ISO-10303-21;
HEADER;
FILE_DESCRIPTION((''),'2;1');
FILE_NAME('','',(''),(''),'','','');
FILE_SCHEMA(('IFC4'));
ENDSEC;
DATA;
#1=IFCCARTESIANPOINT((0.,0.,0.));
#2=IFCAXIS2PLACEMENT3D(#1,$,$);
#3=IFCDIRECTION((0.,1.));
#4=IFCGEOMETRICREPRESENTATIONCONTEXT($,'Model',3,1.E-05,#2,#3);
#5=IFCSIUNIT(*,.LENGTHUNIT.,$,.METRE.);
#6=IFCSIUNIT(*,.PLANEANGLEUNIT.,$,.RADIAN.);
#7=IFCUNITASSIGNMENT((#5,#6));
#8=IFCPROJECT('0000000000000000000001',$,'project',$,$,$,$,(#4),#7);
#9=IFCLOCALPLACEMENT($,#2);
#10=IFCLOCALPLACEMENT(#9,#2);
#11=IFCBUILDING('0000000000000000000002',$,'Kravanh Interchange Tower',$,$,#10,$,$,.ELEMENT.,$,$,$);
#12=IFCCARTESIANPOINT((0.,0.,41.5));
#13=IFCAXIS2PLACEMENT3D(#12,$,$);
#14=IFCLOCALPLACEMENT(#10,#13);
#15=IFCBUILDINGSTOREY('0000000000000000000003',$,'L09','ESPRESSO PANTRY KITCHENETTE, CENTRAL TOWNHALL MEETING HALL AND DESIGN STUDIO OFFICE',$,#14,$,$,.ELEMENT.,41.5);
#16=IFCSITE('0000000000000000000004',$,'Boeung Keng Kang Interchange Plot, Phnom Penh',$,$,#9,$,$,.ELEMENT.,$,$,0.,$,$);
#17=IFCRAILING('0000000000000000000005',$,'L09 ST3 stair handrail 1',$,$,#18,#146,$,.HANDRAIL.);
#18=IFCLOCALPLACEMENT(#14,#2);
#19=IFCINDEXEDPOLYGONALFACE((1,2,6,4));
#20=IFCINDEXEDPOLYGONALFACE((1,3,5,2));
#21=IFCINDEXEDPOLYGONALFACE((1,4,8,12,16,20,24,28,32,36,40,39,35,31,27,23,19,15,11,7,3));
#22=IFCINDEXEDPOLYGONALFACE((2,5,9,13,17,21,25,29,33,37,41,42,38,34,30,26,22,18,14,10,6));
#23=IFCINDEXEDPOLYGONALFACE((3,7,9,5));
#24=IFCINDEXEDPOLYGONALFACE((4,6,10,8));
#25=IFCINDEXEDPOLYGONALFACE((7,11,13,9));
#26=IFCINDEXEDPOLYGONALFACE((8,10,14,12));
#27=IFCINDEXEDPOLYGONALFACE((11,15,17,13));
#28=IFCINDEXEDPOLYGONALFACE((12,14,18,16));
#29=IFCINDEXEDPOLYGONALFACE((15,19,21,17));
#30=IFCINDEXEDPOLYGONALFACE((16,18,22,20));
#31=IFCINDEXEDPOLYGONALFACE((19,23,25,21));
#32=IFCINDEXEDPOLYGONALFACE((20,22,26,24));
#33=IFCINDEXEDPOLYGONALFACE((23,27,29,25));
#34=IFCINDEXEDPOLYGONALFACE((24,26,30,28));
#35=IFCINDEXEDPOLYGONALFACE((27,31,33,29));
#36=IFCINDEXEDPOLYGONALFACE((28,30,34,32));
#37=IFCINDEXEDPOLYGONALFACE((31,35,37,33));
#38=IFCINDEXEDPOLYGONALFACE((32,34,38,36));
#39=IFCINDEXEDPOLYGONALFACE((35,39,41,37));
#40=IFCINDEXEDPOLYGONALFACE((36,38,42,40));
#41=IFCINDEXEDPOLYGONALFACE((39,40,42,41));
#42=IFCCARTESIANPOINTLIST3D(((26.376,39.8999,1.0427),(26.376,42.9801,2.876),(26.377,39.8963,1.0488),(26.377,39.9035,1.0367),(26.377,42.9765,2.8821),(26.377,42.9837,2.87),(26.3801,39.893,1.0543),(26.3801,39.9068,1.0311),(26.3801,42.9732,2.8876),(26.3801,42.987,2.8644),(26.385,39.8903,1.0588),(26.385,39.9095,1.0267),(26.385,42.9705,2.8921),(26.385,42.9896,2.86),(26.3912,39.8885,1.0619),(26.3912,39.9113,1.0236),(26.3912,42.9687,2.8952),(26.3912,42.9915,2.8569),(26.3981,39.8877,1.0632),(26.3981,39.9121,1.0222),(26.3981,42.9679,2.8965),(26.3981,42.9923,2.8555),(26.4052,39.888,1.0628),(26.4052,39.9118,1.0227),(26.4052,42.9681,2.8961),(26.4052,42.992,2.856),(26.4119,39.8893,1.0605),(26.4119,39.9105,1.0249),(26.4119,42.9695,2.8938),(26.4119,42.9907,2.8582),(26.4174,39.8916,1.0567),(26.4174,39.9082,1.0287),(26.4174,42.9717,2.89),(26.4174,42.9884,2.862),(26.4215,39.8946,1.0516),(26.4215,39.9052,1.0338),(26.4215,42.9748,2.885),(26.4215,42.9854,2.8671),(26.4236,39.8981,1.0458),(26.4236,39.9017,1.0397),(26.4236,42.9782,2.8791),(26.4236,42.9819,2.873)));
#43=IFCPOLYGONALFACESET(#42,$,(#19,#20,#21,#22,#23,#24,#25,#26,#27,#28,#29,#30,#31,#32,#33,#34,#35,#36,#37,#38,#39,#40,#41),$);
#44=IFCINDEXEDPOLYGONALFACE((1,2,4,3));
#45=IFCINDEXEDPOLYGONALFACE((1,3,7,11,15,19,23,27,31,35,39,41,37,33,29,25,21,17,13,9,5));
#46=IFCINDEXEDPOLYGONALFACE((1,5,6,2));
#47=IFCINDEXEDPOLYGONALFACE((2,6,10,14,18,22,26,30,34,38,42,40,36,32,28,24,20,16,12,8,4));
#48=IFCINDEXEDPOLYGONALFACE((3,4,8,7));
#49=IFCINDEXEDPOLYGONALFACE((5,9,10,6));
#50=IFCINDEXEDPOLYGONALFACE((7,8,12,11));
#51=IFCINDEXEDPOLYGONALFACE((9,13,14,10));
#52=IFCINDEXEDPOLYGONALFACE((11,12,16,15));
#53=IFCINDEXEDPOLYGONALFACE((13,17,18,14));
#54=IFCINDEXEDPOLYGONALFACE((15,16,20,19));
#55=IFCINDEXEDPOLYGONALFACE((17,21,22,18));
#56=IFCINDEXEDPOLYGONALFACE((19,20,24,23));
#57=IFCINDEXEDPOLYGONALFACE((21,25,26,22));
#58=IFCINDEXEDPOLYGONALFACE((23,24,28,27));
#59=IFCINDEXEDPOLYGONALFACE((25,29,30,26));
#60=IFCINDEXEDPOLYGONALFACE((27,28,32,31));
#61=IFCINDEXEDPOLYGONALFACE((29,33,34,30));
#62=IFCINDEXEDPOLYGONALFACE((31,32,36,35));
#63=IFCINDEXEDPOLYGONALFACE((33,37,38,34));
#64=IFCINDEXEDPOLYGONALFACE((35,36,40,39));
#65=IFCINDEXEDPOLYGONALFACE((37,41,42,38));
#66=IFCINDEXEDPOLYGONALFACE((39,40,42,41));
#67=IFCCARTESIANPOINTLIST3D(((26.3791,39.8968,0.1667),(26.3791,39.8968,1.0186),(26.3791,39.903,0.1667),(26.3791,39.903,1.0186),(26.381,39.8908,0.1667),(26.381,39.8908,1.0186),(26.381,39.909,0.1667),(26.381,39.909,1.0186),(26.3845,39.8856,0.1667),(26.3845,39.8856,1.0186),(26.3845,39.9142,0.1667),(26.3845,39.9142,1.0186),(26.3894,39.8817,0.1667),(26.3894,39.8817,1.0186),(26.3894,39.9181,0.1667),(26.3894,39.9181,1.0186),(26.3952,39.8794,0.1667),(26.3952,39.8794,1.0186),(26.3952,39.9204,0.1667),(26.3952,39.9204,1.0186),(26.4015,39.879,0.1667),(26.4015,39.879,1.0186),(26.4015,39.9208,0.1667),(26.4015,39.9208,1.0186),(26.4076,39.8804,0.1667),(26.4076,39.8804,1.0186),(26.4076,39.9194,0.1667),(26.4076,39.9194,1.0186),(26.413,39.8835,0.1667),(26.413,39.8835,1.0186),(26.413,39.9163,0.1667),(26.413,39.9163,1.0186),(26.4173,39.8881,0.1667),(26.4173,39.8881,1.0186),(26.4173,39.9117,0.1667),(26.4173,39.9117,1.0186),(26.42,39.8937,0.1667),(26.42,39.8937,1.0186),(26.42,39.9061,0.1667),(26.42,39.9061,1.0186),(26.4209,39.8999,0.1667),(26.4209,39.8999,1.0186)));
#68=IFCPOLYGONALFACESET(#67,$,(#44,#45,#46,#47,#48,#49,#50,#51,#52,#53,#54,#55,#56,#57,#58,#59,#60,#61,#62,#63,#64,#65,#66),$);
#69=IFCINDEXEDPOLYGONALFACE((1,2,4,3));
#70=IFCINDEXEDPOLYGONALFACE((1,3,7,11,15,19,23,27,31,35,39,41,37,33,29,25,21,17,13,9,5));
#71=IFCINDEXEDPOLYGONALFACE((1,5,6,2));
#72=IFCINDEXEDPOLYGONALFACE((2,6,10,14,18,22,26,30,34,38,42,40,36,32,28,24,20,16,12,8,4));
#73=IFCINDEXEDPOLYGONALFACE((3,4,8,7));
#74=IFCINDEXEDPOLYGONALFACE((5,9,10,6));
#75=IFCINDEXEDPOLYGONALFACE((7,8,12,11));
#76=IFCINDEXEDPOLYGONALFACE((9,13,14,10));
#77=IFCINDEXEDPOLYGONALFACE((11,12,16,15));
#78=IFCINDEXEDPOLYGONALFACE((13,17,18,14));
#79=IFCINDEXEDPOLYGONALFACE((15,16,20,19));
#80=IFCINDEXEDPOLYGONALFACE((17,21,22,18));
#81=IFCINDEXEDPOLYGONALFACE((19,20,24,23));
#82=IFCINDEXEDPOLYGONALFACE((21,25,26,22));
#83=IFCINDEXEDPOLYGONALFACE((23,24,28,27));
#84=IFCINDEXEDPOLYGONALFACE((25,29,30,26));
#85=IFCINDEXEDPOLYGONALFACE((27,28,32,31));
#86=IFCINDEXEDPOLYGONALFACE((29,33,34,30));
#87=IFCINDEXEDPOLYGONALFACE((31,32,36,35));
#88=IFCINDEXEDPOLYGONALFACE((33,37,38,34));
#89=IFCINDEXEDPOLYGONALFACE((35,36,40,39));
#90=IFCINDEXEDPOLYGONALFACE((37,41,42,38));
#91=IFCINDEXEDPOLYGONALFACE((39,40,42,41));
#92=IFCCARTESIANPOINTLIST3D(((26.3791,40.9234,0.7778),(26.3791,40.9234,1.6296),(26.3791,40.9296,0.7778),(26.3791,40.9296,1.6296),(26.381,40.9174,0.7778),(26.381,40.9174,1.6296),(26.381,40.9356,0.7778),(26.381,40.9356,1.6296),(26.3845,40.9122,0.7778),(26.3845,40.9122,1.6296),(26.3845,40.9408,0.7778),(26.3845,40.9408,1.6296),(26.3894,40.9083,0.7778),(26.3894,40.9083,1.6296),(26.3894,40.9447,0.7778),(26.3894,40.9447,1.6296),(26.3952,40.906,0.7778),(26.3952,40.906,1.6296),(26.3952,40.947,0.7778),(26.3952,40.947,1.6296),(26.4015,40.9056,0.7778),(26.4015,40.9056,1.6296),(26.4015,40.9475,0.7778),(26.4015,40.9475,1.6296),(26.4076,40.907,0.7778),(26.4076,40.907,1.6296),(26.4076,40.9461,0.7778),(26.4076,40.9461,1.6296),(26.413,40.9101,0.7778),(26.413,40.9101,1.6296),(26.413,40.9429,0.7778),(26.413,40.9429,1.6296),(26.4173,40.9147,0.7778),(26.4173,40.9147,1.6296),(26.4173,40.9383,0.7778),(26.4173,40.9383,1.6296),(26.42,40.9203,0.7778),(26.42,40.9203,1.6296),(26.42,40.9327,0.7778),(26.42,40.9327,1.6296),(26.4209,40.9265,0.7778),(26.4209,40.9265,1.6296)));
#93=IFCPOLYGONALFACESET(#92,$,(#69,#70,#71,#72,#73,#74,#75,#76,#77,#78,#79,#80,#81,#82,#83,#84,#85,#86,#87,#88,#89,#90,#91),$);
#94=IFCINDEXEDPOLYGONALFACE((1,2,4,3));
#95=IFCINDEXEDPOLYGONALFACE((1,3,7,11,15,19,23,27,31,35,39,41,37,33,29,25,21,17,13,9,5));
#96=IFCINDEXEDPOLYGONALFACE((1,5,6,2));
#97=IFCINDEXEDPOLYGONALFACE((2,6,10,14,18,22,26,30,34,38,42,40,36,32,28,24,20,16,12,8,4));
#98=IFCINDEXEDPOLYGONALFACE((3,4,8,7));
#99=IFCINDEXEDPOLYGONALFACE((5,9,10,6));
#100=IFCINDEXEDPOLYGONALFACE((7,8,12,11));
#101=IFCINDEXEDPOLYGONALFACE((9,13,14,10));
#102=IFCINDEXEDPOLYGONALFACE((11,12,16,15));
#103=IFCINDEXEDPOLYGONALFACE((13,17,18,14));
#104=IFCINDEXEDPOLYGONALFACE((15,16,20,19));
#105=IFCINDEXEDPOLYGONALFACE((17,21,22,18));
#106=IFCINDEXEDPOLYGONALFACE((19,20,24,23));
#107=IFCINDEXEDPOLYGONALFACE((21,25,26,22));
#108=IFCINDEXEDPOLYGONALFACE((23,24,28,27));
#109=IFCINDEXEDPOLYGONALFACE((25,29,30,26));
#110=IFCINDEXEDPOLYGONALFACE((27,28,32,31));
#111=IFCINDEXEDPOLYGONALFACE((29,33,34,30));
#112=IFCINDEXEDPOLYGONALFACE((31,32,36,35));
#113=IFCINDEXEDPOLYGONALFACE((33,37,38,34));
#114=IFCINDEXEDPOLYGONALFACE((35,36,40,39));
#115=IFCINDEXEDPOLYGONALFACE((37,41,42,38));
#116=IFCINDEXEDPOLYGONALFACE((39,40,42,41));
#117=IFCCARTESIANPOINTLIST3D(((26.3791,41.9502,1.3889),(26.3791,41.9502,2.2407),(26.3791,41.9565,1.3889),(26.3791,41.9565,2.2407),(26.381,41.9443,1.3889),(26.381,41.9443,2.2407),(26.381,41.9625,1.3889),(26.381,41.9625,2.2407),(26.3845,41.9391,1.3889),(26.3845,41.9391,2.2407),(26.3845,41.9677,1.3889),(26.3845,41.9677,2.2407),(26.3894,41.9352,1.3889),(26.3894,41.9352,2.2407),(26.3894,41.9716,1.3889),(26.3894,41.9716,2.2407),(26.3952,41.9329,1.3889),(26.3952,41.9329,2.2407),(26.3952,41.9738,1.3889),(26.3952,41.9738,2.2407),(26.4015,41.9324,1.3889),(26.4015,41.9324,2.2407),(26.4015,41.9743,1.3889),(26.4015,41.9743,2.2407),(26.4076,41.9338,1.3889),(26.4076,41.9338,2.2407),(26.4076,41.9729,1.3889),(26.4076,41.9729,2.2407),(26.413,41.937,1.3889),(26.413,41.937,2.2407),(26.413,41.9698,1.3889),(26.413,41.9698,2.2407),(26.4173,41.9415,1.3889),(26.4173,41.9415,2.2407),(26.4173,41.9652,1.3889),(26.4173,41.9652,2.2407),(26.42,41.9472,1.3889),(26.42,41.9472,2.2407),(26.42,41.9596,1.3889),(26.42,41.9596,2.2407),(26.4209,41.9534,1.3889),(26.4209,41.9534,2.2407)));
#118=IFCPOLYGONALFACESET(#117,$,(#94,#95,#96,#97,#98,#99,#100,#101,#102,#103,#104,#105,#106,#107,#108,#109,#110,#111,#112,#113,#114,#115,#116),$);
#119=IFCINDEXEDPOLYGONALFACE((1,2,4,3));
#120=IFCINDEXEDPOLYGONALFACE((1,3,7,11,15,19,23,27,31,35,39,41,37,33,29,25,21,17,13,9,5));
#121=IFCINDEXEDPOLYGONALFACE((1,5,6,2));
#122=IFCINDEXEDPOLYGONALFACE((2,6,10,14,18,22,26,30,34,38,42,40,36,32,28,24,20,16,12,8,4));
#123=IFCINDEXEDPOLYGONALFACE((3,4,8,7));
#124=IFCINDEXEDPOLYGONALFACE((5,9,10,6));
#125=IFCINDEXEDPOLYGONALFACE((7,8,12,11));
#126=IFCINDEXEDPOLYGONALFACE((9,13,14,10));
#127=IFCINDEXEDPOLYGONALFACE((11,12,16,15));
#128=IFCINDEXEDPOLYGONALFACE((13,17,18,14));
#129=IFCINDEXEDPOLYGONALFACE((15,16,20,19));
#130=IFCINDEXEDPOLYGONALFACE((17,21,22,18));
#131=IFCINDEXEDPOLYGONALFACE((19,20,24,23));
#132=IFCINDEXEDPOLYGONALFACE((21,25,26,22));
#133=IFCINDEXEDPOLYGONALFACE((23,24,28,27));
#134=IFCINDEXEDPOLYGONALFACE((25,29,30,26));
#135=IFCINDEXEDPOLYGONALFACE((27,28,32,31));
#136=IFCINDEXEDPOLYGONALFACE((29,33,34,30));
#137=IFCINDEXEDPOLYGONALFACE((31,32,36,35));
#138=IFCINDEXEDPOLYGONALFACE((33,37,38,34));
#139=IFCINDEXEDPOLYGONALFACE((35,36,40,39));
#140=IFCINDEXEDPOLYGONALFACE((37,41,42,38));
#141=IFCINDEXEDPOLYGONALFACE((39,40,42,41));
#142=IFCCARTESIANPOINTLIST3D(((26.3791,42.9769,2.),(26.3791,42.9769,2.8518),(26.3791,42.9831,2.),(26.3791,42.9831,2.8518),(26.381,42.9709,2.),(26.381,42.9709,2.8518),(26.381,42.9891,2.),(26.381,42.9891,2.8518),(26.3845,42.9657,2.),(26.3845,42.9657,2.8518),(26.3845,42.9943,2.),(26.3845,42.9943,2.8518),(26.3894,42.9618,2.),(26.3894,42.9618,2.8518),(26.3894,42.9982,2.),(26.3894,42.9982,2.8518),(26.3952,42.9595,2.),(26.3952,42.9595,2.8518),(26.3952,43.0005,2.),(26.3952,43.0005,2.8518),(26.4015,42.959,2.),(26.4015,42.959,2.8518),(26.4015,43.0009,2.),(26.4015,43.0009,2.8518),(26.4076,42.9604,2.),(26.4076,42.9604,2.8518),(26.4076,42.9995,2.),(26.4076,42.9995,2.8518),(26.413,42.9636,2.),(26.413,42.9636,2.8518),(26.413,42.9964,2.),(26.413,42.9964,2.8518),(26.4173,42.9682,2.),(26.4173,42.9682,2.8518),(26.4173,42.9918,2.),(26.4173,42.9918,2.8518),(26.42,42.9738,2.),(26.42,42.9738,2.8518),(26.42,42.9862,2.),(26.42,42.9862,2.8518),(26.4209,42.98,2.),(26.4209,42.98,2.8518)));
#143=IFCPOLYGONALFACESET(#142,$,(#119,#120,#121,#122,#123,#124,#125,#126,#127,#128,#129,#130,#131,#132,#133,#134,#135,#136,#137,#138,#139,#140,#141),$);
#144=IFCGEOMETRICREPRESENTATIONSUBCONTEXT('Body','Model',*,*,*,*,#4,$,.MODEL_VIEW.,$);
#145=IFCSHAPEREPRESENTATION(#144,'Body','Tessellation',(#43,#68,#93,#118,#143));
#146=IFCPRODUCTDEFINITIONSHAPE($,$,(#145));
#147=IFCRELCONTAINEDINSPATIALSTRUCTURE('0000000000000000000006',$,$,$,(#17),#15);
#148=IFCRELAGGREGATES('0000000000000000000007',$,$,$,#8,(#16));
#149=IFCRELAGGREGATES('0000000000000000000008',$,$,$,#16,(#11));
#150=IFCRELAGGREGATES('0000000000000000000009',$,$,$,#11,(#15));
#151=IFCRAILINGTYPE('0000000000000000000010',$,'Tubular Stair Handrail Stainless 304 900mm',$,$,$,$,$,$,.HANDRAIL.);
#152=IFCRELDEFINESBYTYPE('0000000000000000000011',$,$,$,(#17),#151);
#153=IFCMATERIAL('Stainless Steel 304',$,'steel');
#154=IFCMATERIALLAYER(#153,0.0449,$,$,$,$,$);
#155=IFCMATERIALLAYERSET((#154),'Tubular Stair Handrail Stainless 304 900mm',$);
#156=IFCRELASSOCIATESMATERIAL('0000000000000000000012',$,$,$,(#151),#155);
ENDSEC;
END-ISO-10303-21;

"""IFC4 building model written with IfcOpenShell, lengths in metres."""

from ifc_helpers import new_model, si_unit, direction, frame, origin, origin_2d, place, context, subcontext, project, spatial, circle, extrude, material, layer, layer_set, type_object, element, save


model = new_model("IFC4")

# Units and contexts
model_context = context("Model", 3, precision=1e-05, world=origin(), true_north=direction((0.0, 1.0)))
body_context = subcontext(model_context, "Body", "Model", "MODEL_VIEW")
ifc_project = project(units=[si_unit("LENGTHUNIT", "METRE"), si_unit("PLANEANGLEUNIT", "RADIAN")], contexts=[model_context])

# Site, building, storey
site_placement = place(None, origin())
site = spatial("IfcSite", under=ifc_project, at=site_placement, Name="Boeung Keng Kang Interchange Plot, Phnom Penh", CompositionType="ELEMENT", RefElevation=0.0)
building_placement = place(site_placement, origin())
building = spatial("IfcBuilding", under=site, at=building_placement, Name="Kravanh Interchange Tower", CompositionType="ELEMENT")
storey_placement = place(building_placement, frame((0.0, 0.0, 41.5)))
storey = spatial("IfcBuildingStorey", under=building, at=storey_placement, Name="L09", Description="ESPRESSO PANTRY KITCHENETTE, CENTRAL TOWNHALL MEETING HALL AND DESIGN STUDIO OFFICE", CompositionType="ELEMENT", Elevation=41.5)

# Railing
ifc_material_1 = material(Name="Stainless Steel 304", Category="steel")
ifc_layer_1 = layer(ifc_material_1, 0.0449)
ifc_layer_set_1 = layer_set([ifc_layer_1], Name="Tubular Stair Handrail Stainless 304 900mm")
railing_type_1 = type_object("IfcRailingType", Name="Tubular Stair Handrail Stainless 304 900mm", PredefinedType="HANDRAIL", material=ifc_layer_set_1)
railing_1_placement = place(storey_placement, frame((26.3999, 39.8999, 0.1667)))
element("IfcRailing", 1, at=railing_1_placement, inside=storey, type_object=railing_type_1, Name="L09 ST3 stair handrail 1", PredefinedType="HANDRAIL", context=body_context, shape_type="SweptSolid", body=[
    extrude(circle(Radius=0.0239, at=origin_2d()), frame((0.0, 0.0, 0.876), z_axis=(0.0, 0.859309, 0.511458), x_axis=(-1.0, 0.0, 0.0)), (0.0, 0.0, 1.0), 3.5845),
    extrude(circle(Radius=0.021, at=origin_2d()), origin(), (0.0, 0.0, 1.0), 0.8518),
    extrude(circle(Radius=0.021, at=origin_2d()), frame((0.0, 1.0266, 0.6111)), (0.0, 0.0, 1.0), 0.8518),
    extrude(circle(Radius=0.021, at=origin_2d()), frame((0.0, 2.0535, 1.2222)), (0.0, 0.0, 1.0), 0.8518),
    extrude(circle(Radius=0.021, at=origin_2d()), frame((0.0, 3.0801, 1.8333)), (0.0, 0.0, 1.0), 0.8518),
])

save(model, "model.ifc")
